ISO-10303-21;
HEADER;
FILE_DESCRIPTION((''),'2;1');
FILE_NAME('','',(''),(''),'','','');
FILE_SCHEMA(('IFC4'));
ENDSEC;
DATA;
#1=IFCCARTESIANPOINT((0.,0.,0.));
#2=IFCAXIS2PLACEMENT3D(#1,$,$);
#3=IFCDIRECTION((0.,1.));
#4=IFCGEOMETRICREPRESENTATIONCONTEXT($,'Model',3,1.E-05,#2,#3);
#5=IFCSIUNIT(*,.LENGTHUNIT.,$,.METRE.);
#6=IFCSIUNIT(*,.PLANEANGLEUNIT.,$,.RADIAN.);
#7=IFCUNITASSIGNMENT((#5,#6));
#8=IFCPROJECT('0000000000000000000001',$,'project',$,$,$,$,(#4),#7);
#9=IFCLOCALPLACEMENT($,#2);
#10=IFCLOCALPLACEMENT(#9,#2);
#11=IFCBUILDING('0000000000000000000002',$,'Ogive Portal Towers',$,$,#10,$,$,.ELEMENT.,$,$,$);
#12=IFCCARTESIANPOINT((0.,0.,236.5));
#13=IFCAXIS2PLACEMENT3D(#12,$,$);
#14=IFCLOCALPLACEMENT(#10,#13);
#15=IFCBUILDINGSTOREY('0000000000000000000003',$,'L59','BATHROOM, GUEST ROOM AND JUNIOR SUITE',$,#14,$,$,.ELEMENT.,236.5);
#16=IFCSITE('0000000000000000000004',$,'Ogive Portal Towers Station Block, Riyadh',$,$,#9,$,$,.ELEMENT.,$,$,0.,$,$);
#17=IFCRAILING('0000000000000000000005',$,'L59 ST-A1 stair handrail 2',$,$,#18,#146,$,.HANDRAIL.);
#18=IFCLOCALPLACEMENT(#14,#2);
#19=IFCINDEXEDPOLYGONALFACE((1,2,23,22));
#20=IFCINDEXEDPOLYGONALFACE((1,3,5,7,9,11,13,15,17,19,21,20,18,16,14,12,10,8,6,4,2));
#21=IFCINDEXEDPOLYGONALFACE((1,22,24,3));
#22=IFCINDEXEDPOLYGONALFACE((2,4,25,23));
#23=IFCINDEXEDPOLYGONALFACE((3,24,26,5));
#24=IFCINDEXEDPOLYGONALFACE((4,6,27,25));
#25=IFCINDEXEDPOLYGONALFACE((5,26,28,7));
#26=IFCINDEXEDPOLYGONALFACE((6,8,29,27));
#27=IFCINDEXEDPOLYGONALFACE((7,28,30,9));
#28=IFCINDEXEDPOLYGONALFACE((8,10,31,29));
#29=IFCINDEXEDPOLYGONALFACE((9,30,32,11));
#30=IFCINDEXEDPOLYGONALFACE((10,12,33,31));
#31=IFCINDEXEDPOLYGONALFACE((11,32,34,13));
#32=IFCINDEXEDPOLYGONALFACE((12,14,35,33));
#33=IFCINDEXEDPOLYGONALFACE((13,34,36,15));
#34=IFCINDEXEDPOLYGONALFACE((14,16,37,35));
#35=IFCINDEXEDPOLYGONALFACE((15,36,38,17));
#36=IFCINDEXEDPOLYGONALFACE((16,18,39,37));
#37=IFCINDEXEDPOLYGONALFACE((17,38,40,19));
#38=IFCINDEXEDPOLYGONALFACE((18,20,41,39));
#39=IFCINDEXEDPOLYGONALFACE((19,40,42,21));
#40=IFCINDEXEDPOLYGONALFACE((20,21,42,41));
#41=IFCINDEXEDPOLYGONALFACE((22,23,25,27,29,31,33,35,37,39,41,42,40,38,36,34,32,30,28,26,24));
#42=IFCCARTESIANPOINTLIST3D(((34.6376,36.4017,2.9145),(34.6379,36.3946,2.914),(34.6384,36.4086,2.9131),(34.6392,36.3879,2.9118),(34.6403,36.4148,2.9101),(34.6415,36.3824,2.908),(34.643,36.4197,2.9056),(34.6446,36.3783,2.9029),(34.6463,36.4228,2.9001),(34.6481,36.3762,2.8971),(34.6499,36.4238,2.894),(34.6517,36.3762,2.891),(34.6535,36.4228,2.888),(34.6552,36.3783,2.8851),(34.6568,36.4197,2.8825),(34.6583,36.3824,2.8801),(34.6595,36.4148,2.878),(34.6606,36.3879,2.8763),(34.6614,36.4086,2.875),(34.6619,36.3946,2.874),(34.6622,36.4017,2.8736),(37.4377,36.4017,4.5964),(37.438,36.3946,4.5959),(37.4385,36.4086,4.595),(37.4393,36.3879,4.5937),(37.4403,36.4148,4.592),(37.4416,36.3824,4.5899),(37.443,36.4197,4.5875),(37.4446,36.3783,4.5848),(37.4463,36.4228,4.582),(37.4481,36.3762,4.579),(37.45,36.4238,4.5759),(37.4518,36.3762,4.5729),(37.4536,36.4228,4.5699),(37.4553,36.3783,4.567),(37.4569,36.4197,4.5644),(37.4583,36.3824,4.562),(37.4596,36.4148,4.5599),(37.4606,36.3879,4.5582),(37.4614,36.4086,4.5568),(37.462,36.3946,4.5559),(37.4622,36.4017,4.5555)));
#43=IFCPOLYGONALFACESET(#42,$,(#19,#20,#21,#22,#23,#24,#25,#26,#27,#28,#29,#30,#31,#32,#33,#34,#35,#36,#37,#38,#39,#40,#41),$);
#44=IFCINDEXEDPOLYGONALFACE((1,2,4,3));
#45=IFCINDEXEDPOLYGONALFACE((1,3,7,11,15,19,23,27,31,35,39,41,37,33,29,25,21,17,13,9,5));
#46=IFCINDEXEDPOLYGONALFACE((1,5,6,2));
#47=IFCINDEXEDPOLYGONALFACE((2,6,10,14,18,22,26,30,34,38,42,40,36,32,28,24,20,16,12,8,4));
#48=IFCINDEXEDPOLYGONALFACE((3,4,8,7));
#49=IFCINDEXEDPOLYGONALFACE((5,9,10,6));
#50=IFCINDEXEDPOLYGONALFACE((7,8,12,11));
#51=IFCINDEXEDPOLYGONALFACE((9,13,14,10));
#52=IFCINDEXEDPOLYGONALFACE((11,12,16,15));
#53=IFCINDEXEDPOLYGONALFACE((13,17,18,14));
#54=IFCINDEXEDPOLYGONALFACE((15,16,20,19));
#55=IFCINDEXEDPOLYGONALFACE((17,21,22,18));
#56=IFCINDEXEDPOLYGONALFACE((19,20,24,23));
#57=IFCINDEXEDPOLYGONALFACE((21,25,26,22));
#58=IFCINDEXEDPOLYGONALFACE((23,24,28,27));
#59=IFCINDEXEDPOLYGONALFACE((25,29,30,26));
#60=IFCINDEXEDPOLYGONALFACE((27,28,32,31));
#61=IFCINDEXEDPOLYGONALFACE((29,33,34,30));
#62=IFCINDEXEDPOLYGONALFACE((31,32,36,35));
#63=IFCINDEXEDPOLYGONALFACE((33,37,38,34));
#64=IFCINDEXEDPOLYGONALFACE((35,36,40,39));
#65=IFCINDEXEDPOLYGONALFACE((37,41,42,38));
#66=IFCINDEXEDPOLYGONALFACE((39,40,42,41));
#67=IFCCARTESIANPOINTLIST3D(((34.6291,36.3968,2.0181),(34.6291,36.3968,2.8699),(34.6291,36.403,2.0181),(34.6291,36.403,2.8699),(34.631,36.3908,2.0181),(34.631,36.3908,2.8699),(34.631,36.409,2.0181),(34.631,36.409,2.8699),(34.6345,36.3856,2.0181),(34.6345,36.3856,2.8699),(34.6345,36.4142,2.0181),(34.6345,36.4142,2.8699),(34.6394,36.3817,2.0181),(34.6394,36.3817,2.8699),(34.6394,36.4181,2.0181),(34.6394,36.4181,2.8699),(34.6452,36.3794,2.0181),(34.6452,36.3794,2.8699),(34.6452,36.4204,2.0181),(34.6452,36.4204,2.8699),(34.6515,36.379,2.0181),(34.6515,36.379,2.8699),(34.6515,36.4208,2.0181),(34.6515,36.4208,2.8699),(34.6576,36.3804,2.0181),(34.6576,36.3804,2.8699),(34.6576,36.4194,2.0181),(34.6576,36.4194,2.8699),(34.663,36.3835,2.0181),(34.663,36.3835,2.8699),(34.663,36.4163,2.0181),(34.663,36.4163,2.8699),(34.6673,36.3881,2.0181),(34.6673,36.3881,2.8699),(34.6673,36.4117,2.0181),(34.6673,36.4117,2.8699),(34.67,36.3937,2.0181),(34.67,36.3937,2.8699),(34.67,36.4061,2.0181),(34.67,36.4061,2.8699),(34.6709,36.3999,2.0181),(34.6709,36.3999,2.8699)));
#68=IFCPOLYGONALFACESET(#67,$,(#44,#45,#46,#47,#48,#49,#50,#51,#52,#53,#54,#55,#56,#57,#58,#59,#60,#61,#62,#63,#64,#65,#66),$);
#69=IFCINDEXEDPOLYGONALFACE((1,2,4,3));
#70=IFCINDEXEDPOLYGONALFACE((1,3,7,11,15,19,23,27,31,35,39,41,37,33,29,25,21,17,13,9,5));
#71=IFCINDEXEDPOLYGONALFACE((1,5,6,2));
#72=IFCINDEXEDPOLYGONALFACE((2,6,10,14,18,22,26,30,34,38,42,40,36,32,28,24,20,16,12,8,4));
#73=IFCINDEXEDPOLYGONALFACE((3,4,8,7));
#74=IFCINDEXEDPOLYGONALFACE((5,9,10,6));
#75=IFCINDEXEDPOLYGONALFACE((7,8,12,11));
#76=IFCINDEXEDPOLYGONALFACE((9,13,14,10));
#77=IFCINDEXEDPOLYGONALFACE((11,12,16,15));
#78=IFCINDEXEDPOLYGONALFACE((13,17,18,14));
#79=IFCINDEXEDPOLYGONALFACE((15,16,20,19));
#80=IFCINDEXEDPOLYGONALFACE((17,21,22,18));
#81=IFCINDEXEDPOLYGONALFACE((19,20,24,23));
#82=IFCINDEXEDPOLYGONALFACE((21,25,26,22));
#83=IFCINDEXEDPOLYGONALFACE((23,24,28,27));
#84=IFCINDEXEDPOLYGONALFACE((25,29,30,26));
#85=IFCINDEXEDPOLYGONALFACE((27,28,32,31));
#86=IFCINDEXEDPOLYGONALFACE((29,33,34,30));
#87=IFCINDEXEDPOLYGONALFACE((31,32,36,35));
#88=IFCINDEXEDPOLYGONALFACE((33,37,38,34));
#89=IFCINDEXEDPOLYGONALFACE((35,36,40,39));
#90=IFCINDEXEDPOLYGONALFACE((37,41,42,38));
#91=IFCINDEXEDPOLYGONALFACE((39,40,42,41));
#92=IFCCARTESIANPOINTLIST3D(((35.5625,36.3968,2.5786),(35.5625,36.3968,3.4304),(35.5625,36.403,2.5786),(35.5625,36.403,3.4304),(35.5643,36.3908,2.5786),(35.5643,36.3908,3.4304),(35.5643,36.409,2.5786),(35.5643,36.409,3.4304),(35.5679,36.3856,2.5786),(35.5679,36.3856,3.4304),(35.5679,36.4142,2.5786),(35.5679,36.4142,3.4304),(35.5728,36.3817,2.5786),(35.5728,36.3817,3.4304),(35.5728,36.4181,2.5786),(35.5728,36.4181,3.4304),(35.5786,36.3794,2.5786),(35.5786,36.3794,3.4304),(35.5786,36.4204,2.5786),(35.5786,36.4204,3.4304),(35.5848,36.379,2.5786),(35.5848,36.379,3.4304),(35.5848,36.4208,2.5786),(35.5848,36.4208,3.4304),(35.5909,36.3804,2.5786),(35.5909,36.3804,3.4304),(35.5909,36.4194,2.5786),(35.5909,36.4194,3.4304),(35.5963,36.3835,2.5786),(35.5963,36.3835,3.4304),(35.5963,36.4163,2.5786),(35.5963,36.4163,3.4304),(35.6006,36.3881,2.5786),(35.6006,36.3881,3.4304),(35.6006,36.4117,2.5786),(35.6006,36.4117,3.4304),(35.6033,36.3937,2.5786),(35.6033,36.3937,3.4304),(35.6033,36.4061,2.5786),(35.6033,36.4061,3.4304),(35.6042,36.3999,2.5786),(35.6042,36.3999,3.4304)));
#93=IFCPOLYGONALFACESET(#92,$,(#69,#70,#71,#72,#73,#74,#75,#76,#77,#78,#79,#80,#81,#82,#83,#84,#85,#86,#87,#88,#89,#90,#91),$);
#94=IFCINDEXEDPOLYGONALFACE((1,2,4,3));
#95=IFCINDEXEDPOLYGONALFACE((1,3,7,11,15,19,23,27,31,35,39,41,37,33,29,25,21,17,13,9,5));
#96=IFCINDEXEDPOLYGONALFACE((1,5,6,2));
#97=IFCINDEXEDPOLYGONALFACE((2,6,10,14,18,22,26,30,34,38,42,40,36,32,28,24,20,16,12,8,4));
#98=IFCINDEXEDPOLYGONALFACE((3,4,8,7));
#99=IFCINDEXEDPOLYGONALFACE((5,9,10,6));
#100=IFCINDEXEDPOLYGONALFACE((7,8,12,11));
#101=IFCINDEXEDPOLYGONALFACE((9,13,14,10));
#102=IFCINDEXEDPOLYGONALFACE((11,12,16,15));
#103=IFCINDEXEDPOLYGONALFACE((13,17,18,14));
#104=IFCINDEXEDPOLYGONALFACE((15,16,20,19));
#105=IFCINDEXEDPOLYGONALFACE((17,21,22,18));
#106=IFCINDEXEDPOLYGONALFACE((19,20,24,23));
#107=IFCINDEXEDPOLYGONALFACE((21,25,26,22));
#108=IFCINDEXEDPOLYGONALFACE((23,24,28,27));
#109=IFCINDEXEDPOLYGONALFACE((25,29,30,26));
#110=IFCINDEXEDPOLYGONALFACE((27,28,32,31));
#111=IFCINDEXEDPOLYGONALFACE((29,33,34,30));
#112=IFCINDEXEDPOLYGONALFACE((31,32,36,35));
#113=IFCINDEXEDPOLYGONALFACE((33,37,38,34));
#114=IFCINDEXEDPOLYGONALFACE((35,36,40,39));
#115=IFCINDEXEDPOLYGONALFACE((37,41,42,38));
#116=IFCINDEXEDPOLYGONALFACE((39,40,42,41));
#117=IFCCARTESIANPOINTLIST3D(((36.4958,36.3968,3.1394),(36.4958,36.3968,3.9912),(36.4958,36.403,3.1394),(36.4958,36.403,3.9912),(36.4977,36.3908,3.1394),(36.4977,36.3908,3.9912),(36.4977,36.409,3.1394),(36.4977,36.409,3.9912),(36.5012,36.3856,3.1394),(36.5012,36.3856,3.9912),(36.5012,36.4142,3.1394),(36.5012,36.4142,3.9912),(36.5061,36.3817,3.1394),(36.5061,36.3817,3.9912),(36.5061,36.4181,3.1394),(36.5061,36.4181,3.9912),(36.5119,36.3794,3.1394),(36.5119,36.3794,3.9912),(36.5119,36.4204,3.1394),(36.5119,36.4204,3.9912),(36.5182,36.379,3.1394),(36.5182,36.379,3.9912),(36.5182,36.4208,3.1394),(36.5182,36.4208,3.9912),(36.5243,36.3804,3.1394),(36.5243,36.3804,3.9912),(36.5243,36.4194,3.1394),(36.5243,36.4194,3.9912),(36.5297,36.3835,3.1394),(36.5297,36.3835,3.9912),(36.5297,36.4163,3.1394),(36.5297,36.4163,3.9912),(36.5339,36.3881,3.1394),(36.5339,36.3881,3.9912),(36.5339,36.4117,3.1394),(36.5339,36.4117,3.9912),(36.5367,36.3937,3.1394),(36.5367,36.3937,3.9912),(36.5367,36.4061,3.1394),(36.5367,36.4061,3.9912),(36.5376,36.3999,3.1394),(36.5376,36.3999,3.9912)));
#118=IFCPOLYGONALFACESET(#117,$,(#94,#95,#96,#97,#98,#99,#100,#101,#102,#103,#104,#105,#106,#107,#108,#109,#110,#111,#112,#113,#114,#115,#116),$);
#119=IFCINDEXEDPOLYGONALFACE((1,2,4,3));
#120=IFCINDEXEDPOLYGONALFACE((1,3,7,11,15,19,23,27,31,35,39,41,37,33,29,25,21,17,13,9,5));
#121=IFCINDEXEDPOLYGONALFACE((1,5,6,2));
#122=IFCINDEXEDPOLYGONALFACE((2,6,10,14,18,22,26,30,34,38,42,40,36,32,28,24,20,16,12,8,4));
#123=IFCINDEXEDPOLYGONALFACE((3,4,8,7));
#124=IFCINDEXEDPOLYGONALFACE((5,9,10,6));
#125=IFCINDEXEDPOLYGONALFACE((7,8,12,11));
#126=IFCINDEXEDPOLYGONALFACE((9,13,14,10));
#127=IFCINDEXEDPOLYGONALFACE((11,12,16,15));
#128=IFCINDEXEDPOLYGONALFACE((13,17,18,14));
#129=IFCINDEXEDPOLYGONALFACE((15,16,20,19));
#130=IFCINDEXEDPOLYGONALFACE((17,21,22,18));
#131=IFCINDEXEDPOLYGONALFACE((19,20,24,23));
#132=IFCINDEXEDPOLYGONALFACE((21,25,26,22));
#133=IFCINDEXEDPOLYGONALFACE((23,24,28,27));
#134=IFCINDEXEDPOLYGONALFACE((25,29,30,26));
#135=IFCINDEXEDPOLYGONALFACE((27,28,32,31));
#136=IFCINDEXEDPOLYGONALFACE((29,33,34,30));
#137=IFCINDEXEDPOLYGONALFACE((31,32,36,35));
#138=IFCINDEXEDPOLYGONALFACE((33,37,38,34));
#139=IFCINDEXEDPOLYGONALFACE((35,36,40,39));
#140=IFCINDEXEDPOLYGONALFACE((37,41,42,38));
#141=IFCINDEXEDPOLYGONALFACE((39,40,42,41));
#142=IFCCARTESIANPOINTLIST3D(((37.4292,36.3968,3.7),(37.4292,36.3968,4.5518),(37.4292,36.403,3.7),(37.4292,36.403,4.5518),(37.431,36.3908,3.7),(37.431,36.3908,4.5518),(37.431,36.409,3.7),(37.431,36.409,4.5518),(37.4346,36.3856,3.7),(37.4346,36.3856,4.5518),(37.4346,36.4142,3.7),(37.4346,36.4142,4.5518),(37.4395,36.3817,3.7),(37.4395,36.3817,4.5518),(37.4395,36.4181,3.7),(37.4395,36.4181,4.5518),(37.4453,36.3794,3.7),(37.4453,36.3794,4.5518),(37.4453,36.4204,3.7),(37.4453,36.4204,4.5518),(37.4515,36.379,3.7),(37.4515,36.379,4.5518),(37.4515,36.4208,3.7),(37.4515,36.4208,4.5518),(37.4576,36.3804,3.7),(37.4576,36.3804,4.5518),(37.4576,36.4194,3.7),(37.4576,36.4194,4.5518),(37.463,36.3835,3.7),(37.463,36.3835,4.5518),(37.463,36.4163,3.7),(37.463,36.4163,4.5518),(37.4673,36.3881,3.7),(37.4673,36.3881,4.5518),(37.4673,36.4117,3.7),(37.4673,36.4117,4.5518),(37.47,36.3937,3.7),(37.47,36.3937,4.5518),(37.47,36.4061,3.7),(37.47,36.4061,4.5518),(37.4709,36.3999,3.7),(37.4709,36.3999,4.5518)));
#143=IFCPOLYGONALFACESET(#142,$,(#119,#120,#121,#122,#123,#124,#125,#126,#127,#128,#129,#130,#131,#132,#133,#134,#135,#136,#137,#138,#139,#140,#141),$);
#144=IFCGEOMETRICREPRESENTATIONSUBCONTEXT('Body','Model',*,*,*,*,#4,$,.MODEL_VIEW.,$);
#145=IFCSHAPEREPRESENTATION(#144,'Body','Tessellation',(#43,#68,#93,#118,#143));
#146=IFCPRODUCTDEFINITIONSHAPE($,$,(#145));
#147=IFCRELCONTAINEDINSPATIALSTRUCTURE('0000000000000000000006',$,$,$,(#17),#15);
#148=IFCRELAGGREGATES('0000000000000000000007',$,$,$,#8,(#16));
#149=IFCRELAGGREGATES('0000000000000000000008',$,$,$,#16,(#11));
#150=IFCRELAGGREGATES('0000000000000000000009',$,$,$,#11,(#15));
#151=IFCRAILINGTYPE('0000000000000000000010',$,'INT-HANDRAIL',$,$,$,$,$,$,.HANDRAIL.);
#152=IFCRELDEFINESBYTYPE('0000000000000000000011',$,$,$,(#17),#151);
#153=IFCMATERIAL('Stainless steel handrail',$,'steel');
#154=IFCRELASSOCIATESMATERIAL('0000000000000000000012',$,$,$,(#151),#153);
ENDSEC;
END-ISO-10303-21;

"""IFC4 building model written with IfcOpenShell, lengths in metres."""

from ifc_helpers import new_model, si_unit, direction, frame, origin, origin_2d, place, context, subcontext, project, spatial, circle, extrude, material, type_object, element, save


model = new_model("IFC4")

# Units and contexts
model_context = context("Model", 3, precision=1e-05, world=origin(), true_north=direction((0.0, 1.0)))
body_context = subcontext(model_context, "Body", "Model", "MODEL_VIEW")
ifc_project = project(units=[si_unit("LENGTHUNIT", "METRE"), si_unit("PLANEANGLEUNIT", "RADIAN")], contexts=[model_context])

# Site, building, storey
site_placement = place(None, origin())
site = spatial("IfcSite", under=ifc_project, at=site_placement, Name="Ogive Portal Towers Station Block, Riyadh", CompositionType="ELEMENT", RefElevation=0.0)
building_placement = place(site_placement, origin())
building = spatial("IfcBuilding", under=site, at=building_placement, Name="Ogive Portal Towers", CompositionType="ELEMENT")
storey_placement = place(building_placement, frame((0.0, 0.0, 236.5)))
storey = spatial("IfcBuildingStorey", under=building, at=storey_placement, Name="L59", Description="BATHROOM, GUEST ROOM AND JUNIOR SUITE", CompositionType="ELEMENT", Elevation=236.5)

# Railing
ifc_material_1 = material(Name="Stainless steel handrail", Category="steel")
railing_type_1 = type_object("IfcRailingType", Name="INT-HANDRAIL", PredefinedType="HANDRAIL", material=ifc_material_1)
railing_1_placement = place(storey_placement, frame((34.6499, 36.3999, 2.0181)))
element("IfcRailing", 1, at=railing_1_placement, inside=storey, type_object=railing_type_1, Name="L59 ST-A1 stair handrail 2", PredefinedType="HANDRAIL", context=body_context, shape_type="SweptSolid", body=[
    extrude(circle(Radius=0.0239, at=origin_2d()), frame((0.0, 0.0, 0.876), z_axis=(0.857242, 0.0, 0.514913), x_axis=(0.0, 1.0, 0.0)), (0.0, 0.0, 1.0), 3.2664),
    extrude(circle(Radius=0.021, at=origin_2d()), origin(), (0.0, 0.0, 1.0), 0.8518),
    extrude(circle(Radius=0.021, at=origin_2d()), frame((0.9333, 0.0, 0.5605)), (0.0, 0.0, 1.0), 0.8518),
    extrude(circle(Radius=0.021, at=origin_2d()), frame((1.8667, 0.0, 1.1213)), (0.0, 0.0, 1.0), 0.8518),
    extrude(circle(Radius=0.021, at=origin_2d()), frame((2.8, 0.0, 1.6819)), (0.0, 0.0, 1.0), 0.8518),
])

save(model, "model.ifc")
